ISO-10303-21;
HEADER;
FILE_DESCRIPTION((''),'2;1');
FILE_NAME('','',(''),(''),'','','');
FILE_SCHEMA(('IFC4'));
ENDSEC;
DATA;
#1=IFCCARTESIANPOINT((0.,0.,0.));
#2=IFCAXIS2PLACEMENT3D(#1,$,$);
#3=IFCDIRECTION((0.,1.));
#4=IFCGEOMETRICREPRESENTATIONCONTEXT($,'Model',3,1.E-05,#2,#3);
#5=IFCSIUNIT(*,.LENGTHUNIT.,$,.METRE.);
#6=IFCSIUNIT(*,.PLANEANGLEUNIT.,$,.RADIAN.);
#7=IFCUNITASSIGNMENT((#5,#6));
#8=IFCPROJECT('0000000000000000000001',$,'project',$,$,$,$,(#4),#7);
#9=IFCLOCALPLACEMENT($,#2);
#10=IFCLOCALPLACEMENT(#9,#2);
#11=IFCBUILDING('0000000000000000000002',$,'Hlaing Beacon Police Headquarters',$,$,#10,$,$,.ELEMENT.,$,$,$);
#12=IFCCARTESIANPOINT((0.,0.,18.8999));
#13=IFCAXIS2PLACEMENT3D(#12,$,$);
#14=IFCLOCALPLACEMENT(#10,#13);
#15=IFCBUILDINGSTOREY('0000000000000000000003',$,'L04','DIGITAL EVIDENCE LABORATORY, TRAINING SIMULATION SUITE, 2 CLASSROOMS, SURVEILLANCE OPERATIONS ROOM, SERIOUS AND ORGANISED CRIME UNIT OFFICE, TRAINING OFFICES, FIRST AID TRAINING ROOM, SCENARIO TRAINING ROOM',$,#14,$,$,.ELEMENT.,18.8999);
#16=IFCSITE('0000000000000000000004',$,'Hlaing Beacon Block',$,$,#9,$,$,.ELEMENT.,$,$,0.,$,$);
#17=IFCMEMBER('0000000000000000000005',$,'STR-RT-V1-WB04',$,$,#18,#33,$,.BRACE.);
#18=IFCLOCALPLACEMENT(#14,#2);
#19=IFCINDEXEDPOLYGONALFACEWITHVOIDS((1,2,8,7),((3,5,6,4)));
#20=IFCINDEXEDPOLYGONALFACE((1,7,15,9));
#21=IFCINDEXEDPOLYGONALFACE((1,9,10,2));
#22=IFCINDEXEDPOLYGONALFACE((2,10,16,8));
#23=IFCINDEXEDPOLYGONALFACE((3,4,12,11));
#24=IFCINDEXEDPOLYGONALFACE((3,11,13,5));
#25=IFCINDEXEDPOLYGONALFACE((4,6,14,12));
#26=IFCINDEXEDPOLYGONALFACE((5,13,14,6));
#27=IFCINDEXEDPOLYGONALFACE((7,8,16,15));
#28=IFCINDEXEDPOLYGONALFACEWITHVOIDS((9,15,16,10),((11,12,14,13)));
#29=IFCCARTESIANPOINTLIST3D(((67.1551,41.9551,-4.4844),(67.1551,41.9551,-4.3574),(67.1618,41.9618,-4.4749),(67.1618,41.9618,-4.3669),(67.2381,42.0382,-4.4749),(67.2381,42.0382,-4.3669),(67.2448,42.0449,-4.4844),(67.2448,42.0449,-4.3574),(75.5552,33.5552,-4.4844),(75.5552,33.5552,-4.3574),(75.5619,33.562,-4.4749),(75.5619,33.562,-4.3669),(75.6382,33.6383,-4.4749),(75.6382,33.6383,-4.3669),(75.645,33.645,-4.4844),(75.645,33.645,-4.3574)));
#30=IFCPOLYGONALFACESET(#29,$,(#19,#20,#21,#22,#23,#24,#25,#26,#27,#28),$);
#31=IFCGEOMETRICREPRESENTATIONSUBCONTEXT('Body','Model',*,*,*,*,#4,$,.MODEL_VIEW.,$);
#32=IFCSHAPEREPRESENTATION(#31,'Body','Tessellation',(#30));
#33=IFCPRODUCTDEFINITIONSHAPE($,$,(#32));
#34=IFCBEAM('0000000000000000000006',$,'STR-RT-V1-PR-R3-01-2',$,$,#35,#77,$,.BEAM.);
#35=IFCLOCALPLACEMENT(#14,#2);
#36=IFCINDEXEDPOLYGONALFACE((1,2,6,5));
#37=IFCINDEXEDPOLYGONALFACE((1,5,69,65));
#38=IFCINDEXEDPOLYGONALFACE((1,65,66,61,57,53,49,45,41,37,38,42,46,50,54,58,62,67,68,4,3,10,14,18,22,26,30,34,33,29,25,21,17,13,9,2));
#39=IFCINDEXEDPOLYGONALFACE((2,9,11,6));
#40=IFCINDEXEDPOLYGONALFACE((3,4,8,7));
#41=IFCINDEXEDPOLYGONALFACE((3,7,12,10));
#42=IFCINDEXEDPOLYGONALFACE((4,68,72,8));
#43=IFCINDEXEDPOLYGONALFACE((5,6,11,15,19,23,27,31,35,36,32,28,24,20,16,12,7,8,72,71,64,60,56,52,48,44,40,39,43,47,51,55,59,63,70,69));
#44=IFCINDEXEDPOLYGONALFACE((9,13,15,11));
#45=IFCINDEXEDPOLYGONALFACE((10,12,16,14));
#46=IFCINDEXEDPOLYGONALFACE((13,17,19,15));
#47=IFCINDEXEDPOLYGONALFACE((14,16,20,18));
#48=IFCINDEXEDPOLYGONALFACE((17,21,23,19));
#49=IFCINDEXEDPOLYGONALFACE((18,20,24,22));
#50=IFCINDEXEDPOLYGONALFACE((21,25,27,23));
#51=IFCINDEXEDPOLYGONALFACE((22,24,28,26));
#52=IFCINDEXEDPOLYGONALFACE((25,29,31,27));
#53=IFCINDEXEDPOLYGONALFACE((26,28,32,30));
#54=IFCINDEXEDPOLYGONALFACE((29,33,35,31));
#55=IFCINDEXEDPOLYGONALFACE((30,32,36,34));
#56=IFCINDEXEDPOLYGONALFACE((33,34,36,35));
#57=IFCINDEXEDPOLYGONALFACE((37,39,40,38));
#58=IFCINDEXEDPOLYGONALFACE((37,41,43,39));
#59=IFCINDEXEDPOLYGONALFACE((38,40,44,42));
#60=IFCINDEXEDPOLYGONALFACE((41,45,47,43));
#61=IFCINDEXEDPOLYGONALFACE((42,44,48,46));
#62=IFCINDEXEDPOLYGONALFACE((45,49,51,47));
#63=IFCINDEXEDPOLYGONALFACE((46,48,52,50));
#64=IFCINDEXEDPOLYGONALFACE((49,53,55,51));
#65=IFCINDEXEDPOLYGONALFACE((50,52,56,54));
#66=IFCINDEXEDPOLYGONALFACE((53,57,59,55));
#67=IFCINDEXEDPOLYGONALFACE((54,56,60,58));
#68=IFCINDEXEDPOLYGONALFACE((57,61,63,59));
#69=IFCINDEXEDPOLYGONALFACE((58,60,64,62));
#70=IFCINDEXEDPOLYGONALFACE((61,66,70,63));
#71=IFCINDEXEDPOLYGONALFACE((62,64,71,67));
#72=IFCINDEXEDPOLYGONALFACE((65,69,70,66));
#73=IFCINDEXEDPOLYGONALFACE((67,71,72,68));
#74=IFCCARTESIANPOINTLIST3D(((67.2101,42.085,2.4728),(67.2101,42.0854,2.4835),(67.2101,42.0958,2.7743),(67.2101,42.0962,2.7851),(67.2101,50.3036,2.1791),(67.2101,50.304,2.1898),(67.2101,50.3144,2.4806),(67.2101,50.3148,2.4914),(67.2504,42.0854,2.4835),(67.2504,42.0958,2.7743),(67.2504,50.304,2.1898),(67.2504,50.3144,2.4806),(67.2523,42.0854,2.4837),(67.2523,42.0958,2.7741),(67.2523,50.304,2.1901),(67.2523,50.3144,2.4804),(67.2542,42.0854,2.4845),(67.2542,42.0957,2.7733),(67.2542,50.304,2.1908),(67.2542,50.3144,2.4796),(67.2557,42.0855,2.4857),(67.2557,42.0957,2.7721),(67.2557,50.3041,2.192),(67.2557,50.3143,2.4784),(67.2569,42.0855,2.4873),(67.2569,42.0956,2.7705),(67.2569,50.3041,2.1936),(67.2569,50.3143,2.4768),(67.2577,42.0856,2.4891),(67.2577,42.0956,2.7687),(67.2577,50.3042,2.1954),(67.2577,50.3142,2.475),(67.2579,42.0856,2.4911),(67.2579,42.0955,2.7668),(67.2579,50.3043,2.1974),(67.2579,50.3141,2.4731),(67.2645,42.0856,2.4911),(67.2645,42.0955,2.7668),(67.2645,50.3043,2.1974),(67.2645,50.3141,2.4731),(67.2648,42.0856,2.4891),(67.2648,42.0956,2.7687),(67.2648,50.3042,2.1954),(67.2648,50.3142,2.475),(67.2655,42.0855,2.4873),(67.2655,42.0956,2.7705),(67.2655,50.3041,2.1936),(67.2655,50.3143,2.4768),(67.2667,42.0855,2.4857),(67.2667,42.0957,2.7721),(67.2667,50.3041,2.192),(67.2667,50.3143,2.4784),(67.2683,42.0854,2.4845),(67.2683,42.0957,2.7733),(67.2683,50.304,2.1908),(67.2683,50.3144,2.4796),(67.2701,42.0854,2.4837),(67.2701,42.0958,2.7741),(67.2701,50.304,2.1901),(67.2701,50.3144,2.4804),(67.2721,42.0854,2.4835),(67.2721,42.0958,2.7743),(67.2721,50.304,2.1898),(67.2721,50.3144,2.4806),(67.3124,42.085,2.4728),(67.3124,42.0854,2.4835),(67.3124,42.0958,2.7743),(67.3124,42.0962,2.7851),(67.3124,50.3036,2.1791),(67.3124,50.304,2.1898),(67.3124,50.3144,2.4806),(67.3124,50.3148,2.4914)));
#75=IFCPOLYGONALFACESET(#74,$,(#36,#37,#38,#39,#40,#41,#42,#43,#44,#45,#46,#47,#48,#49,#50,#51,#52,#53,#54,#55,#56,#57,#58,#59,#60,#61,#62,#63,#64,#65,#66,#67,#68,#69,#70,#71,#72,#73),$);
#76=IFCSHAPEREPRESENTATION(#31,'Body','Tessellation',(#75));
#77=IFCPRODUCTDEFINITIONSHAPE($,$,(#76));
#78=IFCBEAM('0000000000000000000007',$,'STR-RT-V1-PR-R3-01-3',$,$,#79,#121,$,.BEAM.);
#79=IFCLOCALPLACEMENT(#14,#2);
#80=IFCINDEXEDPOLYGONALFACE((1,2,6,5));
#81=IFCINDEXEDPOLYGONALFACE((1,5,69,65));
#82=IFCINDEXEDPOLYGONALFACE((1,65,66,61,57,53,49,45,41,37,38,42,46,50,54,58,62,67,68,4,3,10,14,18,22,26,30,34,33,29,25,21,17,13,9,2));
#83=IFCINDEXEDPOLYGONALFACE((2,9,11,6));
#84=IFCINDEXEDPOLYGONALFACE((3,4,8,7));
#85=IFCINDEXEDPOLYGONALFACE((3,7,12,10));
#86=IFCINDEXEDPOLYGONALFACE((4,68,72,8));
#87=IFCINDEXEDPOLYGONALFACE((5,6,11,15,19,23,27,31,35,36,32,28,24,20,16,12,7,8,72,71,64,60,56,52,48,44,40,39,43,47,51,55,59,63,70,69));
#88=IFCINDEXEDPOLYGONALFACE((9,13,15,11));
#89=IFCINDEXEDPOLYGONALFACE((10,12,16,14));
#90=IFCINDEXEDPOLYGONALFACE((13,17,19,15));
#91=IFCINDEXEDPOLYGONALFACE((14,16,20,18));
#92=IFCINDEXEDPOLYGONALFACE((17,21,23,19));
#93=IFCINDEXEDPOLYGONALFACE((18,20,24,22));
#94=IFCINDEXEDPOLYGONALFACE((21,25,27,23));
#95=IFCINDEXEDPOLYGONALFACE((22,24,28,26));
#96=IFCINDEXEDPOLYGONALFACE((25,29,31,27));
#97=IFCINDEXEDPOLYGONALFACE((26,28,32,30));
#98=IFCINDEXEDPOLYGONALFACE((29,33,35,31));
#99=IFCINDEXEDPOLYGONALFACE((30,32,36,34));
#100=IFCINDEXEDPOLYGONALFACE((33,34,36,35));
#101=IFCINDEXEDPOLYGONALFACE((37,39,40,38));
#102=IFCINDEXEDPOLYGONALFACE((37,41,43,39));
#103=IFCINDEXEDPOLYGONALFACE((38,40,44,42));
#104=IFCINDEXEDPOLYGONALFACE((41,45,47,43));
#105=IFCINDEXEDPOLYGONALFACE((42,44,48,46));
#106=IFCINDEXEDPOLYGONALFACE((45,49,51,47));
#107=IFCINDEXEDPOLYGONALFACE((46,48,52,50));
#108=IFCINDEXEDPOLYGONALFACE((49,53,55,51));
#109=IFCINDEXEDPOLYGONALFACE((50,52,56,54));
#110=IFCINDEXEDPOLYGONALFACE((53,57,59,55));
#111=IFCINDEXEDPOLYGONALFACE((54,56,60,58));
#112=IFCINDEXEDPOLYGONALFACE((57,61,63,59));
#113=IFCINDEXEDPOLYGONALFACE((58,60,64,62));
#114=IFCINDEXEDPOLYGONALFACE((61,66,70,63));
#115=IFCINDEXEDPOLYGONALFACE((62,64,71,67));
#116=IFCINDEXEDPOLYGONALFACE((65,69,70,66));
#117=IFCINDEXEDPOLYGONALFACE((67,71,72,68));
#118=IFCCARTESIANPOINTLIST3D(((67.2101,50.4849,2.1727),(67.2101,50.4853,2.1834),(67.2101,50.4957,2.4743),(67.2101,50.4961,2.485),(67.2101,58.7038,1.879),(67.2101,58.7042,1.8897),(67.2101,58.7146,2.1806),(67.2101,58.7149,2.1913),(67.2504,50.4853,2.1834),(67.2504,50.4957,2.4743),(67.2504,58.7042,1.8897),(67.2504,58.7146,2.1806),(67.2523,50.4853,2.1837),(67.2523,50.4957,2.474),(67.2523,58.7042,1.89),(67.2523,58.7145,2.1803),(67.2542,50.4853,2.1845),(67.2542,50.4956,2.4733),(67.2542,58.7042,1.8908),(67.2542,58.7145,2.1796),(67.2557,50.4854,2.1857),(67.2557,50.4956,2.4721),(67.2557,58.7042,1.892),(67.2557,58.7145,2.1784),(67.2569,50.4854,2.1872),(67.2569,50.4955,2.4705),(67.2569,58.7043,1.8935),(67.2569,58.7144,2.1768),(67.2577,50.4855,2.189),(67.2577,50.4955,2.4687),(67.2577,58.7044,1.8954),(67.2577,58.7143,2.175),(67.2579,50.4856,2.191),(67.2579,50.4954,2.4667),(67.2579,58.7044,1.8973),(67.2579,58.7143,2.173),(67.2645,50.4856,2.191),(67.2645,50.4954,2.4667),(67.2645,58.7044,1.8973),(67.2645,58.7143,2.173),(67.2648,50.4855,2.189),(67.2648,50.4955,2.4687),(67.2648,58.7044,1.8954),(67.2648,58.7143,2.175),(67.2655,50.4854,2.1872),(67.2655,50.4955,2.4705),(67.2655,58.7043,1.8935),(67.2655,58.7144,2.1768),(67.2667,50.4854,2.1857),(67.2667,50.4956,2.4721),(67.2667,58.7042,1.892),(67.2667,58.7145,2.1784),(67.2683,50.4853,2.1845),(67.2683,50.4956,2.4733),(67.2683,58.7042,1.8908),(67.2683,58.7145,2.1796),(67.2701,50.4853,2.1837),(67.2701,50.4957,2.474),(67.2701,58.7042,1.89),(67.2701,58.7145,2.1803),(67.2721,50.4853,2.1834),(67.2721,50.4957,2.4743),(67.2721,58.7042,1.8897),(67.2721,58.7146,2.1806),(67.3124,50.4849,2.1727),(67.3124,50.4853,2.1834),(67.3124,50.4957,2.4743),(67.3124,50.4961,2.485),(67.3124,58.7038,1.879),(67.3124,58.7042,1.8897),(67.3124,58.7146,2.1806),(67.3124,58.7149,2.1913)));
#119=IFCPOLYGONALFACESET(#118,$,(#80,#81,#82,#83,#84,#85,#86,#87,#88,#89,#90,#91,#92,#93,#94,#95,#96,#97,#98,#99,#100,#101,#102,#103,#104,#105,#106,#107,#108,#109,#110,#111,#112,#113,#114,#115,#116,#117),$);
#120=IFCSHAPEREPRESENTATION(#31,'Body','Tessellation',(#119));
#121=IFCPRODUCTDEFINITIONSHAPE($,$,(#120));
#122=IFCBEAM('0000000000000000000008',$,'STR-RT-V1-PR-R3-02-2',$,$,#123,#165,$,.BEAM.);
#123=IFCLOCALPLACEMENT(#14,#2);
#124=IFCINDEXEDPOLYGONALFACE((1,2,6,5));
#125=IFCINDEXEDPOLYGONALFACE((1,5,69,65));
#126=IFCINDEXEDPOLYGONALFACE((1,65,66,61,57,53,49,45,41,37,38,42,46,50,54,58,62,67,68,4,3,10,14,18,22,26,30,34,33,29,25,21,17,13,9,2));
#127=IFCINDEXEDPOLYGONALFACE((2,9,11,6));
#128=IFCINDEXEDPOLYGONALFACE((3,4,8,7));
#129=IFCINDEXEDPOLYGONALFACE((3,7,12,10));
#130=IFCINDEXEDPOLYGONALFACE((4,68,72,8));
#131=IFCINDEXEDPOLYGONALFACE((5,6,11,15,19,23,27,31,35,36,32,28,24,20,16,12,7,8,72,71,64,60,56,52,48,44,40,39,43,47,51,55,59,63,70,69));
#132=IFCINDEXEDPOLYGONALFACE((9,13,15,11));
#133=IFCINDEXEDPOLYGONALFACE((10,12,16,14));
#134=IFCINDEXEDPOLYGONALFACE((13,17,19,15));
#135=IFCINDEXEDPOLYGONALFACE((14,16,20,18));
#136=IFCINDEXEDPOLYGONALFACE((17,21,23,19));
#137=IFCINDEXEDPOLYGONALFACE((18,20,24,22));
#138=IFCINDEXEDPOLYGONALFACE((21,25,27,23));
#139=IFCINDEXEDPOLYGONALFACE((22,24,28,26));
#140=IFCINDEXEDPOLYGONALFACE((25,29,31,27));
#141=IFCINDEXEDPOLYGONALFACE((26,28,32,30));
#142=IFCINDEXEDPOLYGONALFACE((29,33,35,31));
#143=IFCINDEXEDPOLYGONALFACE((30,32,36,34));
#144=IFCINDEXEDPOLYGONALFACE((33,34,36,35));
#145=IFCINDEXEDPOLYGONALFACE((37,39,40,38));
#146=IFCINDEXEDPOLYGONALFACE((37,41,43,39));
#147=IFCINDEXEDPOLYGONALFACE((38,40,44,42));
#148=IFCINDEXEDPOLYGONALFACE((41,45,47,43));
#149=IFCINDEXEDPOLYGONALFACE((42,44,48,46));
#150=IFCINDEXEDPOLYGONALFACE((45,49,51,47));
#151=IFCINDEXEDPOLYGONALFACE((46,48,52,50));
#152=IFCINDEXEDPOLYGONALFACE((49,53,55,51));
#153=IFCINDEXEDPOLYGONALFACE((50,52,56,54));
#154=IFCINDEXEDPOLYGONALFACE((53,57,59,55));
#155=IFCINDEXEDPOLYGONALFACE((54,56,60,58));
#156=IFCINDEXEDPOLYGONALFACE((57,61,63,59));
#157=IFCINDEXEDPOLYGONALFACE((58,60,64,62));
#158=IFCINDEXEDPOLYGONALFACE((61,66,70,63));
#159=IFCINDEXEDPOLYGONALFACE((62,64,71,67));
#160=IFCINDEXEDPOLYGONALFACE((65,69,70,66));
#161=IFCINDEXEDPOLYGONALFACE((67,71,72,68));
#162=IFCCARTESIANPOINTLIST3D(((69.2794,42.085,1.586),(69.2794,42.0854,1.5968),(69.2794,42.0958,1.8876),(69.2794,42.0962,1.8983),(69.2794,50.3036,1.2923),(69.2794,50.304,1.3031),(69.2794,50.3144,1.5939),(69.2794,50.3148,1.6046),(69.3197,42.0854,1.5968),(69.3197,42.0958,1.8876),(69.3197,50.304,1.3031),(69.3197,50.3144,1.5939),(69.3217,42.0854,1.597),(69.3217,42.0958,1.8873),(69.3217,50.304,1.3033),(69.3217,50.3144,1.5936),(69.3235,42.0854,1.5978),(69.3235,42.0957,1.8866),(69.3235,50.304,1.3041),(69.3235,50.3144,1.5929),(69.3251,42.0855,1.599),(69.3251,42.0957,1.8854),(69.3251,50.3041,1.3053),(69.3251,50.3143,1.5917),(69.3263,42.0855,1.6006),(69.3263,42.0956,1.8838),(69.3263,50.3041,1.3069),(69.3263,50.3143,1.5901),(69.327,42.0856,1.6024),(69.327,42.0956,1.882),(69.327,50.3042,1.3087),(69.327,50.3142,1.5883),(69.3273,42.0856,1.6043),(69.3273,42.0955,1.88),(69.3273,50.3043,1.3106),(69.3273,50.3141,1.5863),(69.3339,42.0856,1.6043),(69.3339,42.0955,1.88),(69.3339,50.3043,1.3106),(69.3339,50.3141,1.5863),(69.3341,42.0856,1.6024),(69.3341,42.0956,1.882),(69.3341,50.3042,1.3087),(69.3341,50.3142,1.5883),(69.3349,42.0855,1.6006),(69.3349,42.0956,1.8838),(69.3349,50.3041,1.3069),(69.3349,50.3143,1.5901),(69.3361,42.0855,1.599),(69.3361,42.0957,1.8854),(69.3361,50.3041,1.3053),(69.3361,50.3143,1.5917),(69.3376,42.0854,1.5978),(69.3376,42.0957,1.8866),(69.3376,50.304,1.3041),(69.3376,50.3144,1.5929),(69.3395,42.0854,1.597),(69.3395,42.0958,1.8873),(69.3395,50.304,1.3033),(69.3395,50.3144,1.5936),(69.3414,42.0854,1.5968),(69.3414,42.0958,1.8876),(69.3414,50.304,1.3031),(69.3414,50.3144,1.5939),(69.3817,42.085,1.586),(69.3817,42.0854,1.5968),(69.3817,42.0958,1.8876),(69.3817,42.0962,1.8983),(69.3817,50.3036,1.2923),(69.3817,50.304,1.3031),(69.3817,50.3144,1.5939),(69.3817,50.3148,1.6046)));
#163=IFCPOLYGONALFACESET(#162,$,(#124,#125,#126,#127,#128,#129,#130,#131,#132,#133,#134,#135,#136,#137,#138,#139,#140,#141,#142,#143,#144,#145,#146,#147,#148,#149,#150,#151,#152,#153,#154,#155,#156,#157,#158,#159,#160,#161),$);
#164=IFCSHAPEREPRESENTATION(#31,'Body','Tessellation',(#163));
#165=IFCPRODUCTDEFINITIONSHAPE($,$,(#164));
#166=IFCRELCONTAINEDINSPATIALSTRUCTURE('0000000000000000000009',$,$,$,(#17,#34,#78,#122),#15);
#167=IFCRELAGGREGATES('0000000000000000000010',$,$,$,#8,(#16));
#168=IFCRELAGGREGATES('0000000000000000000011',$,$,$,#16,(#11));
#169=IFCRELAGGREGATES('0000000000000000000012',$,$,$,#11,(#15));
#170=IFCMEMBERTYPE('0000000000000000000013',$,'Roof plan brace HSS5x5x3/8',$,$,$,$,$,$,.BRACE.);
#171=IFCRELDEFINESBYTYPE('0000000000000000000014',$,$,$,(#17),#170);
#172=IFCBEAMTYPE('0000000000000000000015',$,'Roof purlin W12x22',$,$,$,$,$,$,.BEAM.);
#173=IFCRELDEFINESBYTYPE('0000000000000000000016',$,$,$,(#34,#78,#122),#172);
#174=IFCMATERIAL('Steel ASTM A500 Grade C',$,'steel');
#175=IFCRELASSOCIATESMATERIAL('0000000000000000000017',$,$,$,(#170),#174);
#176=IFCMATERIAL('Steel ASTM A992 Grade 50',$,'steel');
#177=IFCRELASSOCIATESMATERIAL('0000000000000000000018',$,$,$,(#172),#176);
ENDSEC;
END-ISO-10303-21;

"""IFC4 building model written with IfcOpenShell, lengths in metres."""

from ifc_helpers import new_model, si_unit, direction, frame, origin, origin_2d, place, context, subcontext, project, spatial, hollow_rectangle, i_section, extrude, material, material_profile, profile_set, type_object, element, save


model = new_model("IFC4")

# Units and contexts
model_context = context("Model", 3, precision=1e-05, world=origin(), true_north=direction((0.0, 1.0)))
body_context = subcontext(model_context, "Body", "Model", "MODEL_VIEW")
ifc_project = project(units=[si_unit("LENGTHUNIT", "METRE"), si_unit("PLANEANGLEUNIT", "RADIAN")], contexts=[model_context])

# Site, building, storey
site_placement = place(None, origin())
site = spatial("IfcSite", under=ifc_project, at=site_placement, Name="Hlaing Beacon Block", CompositionType="ELEMENT", RefElevation=0.0)
building_placement = place(site_placement, origin())
building = spatial("IfcBuilding", under=site, at=building_placement, Name="Hlaing Beacon Police Headquarters", CompositionType="ELEMENT")
storey_placement = place(building_placement, frame((0.0, 0.0, 18.8999)))
storey = spatial("IfcBuildingStorey", under=building, at=storey_placement, Name="L04", Description="DIGITAL EVIDENCE LABORATORY, TRAINING SIMULATION SUITE, 2 CLASSROOMS, SURVEILLANCE OPERATIONS ROOM, SERIOUS AND ORGANISED CRIME UNIT OFFICE, TRAINING OFFICES, FIRST AID TRAINING ROOM, SCENARIO TRAINING ROOM", CompositionType="ELEMENT", Elevation=18.8999)

# Member
ifc_material_1 = material(Name="Steel ASTM A500 Grade C", Category="steel")
ifc_material_profile_1 = material_profile(ifc_material_1, hollow_rectangle(XDim=0.127, YDim=0.127, WallThickness=0.0095, at=origin_2d()), Name="HSS5x5x3/8")
ifc_profile_set_1 = profile_set([ifc_material_profile_1], Name="Steel ASTM A500 Grade C")
member_type_1 = type_object("IfcMemberType", Name="Roof plan brace HSS5x5x3/8", PredefinedType="BRACE", material=ifc_profile_set_1)
member_1_placement = place(storey_placement, frame((67.2, 42.0, -4.4209), z_axis=(0.707117, -0.707097, 0.0), x_axis=(0.707097, 0.707117, 0.0)))
element("IfcMember", 1, at=member_1_placement, inside=storey, type_object=member_type_1, Name="STR-RT-V1-WB04", PredefinedType="BRACE", context=body_context, shape_type="SweptSolid", body=[
    extrude(hollow_rectangle(XDim=0.127, YDim=0.127, WallThickness=0.0095, at=origin_2d()), origin(), (0.0, 0.0, 1.0), 11.8794),
])

# Beams
ifc_material_2 = material(Name="Steel ASTM A992 Grade 50", Category="steel")
ifc_material_profile_2 = material_profile(ifc_material_2, i_section(OverallWidth=0.1023, OverallDepth=0.3125, WebThickness=0.0066, FlangeThickness=0.0107, FilletRadius=0.0076, at=origin_2d()), Name="W12x22")
ifc_profile_set_2 = profile_set([ifc_material_profile_2], Name="Steel ASTM A992 Grade 50")
beam_type_1 = type_object("IfcBeamType", Name="Roof purlin W12x22", PredefinedType="BEAM", material=ifc_profile_set_2)
beam_1_placement = place(storey_placement, frame((67.2612, 42.0906, 2.6289), z_axis=(0.0, 0.999362, -0.035713), x_axis=(-1.0, 0.0, 0.0)))
element("IfcBeam", 2, at=beam_1_placement, inside=storey, type_object=beam_type_1, Name="STR-RT-V1-PR-R3-01-2", PredefinedType="BEAM", context=body_context, shape_type="SweptSolid", body=[
    extrude(i_section(OverallWidth=0.1023, OverallDepth=0.3125, WebThickness=0.0066, FlangeThickness=0.0107, FilletRadius=0.0076, at=origin_2d()), origin(), (0.0, 0.0, 1.0), 8.2239),
])
beam_2_placement = place(storey_placement, frame((67.2612, 50.4905, 2.3289), z_axis=(0.0, 0.999362, -0.035712), x_axis=(-1.0, 0.0, 0.0)))
element("IfcBeam", 3, at=beam_2_placement, inside=storey, type_object=beam_type_1, Name="STR-RT-V1-PR-R3-01-3", PredefinedType="BEAM", context=body_context, shape_type="SweptSolid", body=[
    extrude(i_section(OverallWidth=0.1023, OverallDepth=0.3125, WebThickness=0.0066, FlangeThickness=0.0107, FilletRadius=0.0076, at=origin_2d()), origin(), (0.0, 0.0, 1.0), 8.2241),
])
beam_3_placement = place(storey_placement, frame((69.3306, 42.0906, 1.7422), z_axis=(0.0, 0.999362, -0.035713), x_axis=(-1.0, 0.0, 0.0)))
element("IfcBeam", 4, at=beam_3_placement, inside=storey, type_object=beam_type_1, Name="STR-RT-V1-PR-R3-02-2", PredefinedType="BEAM", context=body_context, shape_type="SweptSolid", body=[
    extrude(i_section(OverallWidth=0.1023, OverallDepth=0.3125, WebThickness=0.0066, FlangeThickness=0.0107, FilletRadius=0.0076, at=origin_2d()), origin(), (0.0, 0.0, 1.0), 8.2239),
])

save(model, "model.ifc")
